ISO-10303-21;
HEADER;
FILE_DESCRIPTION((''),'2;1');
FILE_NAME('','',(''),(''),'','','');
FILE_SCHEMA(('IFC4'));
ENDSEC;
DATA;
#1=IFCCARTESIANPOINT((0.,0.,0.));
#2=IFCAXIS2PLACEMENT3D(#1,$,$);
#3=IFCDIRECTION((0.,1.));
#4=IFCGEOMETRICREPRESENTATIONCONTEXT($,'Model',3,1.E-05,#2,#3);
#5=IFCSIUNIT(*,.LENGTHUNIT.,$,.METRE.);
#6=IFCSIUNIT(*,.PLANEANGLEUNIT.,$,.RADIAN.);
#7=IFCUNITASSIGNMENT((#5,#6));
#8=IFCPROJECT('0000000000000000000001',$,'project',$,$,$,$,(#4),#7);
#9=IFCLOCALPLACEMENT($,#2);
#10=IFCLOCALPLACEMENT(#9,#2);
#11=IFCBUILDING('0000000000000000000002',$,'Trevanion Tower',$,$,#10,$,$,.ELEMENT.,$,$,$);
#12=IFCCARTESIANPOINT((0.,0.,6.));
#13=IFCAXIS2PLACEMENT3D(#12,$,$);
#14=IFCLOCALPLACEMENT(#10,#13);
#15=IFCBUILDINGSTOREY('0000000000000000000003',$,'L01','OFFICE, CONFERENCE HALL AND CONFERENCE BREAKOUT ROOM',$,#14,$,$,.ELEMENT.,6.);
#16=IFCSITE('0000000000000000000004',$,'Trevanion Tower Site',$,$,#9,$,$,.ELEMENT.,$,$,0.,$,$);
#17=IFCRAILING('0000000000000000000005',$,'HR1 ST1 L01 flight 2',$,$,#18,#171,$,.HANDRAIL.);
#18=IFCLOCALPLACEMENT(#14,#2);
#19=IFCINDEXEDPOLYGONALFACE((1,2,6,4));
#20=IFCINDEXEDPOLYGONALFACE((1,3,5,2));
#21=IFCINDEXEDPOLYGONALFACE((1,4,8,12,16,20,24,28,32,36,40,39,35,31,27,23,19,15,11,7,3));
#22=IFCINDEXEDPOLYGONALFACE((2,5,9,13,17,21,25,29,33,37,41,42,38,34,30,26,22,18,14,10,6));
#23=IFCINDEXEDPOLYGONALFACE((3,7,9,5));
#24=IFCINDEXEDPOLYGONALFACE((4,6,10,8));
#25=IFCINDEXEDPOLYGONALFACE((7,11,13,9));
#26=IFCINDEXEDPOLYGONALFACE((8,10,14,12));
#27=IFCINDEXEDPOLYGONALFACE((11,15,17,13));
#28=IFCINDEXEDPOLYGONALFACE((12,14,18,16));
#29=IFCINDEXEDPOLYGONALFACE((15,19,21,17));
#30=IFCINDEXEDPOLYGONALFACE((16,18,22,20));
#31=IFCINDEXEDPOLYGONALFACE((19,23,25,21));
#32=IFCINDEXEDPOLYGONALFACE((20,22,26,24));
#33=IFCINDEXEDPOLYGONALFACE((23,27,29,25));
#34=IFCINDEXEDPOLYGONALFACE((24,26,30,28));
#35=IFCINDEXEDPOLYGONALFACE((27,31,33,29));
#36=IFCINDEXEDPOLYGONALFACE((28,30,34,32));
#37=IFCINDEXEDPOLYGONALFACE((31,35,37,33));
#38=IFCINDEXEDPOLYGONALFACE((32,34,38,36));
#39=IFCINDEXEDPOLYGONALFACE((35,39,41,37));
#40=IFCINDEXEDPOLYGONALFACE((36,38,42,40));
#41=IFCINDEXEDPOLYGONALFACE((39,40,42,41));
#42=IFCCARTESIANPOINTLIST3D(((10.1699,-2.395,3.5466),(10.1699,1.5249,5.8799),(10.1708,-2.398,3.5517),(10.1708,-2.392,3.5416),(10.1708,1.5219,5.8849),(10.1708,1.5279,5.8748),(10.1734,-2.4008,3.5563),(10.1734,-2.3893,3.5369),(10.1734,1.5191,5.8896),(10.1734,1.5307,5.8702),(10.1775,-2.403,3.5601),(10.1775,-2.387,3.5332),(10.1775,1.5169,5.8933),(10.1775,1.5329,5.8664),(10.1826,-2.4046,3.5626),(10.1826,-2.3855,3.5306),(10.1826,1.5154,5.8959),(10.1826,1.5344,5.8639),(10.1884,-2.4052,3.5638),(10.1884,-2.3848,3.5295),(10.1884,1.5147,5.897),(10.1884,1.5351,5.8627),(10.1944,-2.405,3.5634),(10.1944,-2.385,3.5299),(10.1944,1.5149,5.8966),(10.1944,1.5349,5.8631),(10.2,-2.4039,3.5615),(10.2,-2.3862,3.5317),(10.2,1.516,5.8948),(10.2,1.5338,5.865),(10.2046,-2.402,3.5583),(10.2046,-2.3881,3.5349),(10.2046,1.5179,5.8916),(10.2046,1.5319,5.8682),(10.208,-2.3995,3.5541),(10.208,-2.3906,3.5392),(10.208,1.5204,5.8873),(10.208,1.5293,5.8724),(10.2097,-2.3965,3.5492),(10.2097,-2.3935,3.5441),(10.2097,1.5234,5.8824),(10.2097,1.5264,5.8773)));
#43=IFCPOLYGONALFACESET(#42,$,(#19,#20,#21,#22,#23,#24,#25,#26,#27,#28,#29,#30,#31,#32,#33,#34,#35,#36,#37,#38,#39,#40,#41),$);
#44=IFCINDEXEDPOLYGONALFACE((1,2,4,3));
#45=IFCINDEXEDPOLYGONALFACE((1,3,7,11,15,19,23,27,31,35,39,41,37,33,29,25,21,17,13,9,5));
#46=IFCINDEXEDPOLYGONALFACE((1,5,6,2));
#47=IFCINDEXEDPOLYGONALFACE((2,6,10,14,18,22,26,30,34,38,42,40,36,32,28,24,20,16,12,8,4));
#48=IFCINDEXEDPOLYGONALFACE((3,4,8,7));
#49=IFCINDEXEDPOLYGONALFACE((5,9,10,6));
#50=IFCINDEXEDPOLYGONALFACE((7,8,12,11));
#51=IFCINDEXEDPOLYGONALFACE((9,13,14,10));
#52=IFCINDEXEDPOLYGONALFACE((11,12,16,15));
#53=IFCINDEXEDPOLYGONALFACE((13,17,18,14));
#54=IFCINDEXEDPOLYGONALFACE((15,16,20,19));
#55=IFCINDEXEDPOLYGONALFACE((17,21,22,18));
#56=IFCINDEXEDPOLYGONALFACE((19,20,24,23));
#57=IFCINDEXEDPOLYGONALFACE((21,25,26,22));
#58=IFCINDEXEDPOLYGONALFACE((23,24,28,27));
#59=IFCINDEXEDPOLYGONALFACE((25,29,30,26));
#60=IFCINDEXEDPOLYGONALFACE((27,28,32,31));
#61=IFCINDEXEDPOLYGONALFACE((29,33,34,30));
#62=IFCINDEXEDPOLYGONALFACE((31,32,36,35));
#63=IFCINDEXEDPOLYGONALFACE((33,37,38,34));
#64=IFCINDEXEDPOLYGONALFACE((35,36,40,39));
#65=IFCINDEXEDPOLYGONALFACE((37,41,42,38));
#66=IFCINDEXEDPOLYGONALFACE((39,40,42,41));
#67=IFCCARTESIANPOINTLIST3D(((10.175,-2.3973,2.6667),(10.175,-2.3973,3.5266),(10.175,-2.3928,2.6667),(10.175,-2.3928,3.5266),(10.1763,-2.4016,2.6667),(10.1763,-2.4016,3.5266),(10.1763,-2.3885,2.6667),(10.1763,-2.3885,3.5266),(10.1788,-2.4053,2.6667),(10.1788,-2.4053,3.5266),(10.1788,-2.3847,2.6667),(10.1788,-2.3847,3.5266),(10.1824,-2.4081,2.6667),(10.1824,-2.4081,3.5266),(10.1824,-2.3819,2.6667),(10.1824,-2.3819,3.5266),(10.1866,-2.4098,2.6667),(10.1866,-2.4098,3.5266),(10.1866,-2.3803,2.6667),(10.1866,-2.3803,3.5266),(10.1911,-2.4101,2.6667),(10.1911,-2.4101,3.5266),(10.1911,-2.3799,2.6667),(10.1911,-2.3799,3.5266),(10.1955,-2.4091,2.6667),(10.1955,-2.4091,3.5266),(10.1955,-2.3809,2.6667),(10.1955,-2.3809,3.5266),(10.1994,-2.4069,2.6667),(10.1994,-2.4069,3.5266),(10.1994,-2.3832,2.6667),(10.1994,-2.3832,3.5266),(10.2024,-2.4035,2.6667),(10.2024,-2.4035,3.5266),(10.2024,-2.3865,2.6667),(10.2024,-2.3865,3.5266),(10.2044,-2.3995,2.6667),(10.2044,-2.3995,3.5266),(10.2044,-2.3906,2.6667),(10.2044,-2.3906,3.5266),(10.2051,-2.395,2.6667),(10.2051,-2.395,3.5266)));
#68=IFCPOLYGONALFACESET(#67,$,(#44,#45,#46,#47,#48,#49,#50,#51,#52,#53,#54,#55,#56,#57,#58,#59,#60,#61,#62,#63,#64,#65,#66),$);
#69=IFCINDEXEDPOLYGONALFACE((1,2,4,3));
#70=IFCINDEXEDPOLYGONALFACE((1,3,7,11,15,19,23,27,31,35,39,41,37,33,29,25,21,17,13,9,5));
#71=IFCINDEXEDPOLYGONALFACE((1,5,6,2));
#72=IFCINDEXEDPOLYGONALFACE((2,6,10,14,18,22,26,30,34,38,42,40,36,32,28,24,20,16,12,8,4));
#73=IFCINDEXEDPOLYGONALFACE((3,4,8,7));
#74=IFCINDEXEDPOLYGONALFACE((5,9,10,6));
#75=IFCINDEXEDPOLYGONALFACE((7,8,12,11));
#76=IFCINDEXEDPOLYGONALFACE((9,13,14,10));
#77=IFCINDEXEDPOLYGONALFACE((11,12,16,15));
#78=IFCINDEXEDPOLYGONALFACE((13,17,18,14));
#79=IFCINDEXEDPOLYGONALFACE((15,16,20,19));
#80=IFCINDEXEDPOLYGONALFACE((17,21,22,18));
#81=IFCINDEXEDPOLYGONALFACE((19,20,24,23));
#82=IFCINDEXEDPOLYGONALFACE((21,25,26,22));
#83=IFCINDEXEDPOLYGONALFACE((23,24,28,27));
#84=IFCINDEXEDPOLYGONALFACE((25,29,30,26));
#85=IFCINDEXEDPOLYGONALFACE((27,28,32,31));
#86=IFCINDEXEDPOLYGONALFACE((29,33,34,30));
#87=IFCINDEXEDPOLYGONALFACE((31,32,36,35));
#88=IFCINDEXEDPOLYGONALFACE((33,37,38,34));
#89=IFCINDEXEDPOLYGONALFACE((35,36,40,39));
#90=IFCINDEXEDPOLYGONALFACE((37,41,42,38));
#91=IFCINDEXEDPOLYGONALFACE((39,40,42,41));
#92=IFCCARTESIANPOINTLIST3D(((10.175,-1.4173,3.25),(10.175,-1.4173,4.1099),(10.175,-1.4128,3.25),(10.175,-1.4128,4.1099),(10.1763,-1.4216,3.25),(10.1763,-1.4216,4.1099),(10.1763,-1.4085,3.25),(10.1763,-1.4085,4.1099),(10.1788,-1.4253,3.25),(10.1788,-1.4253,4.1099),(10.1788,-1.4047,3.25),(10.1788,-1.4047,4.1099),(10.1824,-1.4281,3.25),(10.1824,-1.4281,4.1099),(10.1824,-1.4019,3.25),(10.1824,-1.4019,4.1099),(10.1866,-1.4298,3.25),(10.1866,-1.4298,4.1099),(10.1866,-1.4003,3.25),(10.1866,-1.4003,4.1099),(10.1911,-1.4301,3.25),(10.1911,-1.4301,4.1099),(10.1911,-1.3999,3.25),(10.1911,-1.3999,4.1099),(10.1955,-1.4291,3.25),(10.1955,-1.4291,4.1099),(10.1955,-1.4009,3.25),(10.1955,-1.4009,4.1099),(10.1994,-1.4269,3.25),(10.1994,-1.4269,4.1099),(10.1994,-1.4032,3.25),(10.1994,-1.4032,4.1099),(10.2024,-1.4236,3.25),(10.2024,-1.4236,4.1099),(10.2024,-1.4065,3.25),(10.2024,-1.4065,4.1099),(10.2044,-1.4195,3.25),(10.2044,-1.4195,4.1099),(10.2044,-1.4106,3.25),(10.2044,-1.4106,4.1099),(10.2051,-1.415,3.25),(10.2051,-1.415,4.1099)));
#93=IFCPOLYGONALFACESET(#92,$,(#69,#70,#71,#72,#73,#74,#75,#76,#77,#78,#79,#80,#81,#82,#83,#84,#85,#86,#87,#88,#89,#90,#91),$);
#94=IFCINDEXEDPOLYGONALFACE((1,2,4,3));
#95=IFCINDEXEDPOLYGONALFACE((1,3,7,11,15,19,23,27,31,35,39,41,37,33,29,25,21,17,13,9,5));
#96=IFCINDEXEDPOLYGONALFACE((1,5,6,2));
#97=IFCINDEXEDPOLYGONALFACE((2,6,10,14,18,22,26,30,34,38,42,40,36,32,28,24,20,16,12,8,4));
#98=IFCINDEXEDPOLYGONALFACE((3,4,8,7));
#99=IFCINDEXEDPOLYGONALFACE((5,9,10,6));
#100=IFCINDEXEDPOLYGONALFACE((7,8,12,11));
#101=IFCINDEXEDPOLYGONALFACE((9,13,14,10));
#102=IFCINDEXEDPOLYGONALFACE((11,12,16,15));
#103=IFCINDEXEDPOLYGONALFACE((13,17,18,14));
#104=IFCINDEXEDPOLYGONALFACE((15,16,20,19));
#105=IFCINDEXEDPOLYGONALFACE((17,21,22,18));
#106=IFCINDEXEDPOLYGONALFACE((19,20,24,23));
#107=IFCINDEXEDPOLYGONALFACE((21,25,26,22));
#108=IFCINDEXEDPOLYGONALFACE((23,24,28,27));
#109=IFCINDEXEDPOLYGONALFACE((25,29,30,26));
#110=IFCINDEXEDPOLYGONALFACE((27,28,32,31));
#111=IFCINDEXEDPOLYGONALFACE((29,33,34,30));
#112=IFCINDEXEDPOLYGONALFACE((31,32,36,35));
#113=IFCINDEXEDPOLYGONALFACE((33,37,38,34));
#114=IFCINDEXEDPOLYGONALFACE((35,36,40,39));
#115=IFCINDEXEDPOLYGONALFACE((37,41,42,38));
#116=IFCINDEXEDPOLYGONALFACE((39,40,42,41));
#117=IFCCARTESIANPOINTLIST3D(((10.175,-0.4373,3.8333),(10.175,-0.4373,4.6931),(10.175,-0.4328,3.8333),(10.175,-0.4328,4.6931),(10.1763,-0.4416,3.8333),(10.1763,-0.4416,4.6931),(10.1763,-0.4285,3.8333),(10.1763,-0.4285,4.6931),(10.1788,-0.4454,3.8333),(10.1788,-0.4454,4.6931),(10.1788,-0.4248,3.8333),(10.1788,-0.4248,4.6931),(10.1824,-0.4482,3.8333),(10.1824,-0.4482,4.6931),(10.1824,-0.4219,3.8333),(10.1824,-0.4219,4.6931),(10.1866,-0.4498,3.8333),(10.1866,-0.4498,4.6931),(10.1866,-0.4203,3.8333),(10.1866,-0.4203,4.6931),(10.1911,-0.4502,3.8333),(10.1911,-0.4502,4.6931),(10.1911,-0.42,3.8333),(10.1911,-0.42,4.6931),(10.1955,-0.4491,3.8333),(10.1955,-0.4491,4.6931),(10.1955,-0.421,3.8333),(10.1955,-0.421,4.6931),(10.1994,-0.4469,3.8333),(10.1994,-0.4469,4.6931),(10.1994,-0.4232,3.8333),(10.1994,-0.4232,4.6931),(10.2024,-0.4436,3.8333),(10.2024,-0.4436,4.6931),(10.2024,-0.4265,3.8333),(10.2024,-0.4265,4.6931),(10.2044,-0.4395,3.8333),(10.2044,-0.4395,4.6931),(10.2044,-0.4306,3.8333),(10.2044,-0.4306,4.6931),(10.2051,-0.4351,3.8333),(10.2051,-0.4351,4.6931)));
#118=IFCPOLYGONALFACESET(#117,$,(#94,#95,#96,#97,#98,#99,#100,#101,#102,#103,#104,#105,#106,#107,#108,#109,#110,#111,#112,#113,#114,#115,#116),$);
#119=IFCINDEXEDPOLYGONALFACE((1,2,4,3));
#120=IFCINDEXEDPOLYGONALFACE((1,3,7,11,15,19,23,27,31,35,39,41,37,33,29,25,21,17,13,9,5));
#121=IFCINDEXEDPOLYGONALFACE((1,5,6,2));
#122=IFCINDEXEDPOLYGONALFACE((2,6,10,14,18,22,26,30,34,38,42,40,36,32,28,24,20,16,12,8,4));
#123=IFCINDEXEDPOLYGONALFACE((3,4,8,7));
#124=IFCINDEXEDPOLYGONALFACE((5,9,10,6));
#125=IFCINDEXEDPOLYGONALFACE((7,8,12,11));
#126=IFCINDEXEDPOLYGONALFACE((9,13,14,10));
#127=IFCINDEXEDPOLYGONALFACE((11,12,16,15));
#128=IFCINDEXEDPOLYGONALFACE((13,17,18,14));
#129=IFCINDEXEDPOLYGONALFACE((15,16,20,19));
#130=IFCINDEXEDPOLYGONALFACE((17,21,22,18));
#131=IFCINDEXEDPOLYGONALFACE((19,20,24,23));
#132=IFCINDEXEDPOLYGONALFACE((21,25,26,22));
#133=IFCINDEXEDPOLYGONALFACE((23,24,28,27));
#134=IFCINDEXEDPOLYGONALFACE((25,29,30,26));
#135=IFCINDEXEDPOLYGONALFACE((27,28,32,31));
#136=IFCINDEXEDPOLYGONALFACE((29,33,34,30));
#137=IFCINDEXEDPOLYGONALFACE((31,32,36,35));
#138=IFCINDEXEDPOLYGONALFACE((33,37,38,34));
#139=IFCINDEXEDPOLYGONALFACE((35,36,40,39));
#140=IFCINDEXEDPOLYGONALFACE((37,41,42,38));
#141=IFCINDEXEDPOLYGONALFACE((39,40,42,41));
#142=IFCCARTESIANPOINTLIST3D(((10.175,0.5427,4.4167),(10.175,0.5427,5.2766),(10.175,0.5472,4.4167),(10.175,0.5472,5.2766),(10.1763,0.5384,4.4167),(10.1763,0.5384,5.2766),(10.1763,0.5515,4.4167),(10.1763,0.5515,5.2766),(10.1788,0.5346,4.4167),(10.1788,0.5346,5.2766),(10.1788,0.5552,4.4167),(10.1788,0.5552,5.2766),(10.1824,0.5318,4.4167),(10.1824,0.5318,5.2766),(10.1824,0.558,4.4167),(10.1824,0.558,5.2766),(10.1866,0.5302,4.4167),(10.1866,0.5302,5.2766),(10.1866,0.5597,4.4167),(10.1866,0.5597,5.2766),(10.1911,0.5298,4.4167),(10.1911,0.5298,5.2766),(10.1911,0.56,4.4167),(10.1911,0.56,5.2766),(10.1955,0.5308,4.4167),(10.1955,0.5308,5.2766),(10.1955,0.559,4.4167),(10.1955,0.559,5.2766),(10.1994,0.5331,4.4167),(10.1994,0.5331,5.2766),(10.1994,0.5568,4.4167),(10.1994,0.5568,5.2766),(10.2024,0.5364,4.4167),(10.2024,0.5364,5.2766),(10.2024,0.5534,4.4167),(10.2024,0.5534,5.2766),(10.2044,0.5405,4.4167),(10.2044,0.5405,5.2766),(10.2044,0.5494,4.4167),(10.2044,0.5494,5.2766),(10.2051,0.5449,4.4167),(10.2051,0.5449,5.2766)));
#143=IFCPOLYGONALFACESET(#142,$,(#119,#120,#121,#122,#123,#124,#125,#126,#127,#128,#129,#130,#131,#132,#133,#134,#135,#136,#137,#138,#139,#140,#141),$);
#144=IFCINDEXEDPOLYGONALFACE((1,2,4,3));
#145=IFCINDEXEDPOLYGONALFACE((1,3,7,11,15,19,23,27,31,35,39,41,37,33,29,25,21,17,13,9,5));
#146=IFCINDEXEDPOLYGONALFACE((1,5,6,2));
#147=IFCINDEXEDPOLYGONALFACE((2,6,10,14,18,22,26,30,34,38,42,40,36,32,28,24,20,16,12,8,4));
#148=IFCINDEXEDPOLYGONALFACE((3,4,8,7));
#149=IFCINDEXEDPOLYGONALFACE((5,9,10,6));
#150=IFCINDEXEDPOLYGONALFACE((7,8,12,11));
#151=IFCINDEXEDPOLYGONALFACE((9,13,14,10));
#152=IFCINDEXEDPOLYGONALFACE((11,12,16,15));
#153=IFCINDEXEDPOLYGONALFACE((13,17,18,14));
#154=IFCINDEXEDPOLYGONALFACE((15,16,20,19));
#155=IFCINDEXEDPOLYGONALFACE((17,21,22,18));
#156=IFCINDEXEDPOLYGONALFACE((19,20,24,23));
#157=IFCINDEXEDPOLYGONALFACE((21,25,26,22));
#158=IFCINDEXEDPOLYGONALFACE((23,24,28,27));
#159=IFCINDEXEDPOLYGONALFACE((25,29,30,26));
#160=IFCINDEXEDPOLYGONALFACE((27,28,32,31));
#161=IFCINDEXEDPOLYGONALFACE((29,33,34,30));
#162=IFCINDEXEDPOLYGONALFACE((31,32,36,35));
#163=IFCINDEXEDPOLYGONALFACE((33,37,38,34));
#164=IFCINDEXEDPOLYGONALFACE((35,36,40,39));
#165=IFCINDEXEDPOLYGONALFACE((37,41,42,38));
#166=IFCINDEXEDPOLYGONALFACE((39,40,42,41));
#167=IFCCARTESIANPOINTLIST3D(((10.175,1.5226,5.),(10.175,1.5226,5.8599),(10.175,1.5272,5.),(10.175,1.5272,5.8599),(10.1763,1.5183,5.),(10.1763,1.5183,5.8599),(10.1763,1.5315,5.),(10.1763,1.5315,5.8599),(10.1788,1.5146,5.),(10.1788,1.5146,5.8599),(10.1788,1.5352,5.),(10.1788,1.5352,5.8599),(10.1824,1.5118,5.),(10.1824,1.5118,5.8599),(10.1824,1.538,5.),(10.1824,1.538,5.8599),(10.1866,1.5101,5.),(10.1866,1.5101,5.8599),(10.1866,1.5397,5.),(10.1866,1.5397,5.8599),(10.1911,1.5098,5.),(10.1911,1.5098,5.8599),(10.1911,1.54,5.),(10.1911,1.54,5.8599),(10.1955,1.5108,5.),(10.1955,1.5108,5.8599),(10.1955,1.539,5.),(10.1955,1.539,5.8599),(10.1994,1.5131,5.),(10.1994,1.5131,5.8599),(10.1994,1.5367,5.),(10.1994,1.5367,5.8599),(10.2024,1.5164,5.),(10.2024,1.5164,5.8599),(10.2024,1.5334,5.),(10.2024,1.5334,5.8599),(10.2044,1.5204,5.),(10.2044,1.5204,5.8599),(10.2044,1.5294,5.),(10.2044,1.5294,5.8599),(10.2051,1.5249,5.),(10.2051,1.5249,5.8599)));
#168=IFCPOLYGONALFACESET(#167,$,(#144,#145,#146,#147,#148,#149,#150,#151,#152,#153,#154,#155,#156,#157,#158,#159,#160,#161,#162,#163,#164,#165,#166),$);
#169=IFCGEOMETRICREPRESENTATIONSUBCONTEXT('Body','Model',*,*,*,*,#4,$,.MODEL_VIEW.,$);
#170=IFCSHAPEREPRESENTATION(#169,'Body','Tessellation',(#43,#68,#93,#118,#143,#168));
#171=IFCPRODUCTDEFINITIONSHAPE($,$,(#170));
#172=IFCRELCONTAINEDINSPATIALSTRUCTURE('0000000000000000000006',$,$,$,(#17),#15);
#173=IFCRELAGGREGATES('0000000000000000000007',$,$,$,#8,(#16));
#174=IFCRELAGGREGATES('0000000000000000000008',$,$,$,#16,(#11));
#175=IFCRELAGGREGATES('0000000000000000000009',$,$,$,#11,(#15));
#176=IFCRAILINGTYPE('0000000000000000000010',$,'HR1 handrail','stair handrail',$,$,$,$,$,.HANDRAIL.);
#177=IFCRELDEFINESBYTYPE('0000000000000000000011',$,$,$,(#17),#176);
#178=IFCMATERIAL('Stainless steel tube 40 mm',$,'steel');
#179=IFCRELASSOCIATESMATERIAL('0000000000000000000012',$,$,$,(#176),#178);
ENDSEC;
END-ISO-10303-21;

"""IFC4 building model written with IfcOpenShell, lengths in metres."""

from ifc_helpers import new_model, si_unit, direction, frame, origin, origin_2d, place, context, subcontext, project, spatial, circle, extrude, material, type_object, element, save


model = new_model("IFC4")

# Units and contexts
model_context = context("Model", 3, precision=1e-05, world=origin(), true_north=direction((0.0, 1.0)))
body_context = subcontext(model_context, "Body", "Model", "MODEL_VIEW")
ifc_project = project(units=[si_unit("LENGTHUNIT", "METRE"), si_unit("PLANEANGLEUNIT", "RADIAN")], contexts=[model_context])

# Site, building, storey
site_placement = place(None, origin())
site = spatial("IfcSite", under=ifc_project, at=site_placement, Name="Trevanion Tower Site", CompositionType="ELEMENT", RefElevation=0.0)
building_placement = place(site_placement, origin())
building = spatial("IfcBuilding", under=site, at=building_placement, Name="Trevanion Tower", CompositionType="ELEMENT")
storey_placement = place(building_placement, frame((0.0, 0.0, 6.0)))
storey = spatial("IfcBuildingStorey", under=building, at=storey_placement, Name="L01", Description="OFFICE, CONFERENCE HALL AND CONFERENCE BREAKOUT ROOM", CompositionType="ELEMENT", Elevation=6.0)

# Railing
ifc_material_1 = material(Name="Stainless steel tube 40 mm", Category="steel")
railing_type = type_object("IfcRailingType", Name="HR1 handrail", Description="stair handrail", PredefinedType="HANDRAIL", material=ifc_material_1)
for number, where, name in (
    (1, (10.1899, -2.395, 2.6667), "HR1 ST1 L01 flight 2"),
):
    element("IfcRailing", number, at=place(storey_placement, frame(where)), inside=storey, type_object=railing_type, Name=name, PredefinedType="HANDRAIL", context=body_context, shape_type="SweptSolid", body=[
        extrude(circle(Radius=0.02, at=origin_2d()), frame((0.0, 0.0, 0.8799), z_axis=(0.0, 0.859296, 0.511478), x_axis=(-1.0, 0.0, 0.0)), (0.0, 0.0, 1.0), 4.5618),
        extrude(circle(Radius=0.0151, at=origin_2d()), origin(), (0.0, 0.0, 1.0), 0.8599),
        extrude(circle(Radius=0.0151, at=origin_2d()), frame((0.0, 0.98, 0.5833)), (0.0, 0.0, 1.0), 0.8599),
        extrude(circle(Radius=0.0151, at=origin_2d()), frame((0.0, 1.96, 1.1665)), (0.0, 0.0, 1.0), 0.8599),
        extrude(circle(Radius=0.0151, at=origin_2d()), frame((0.0, 2.9399, 1.75)), (0.0, 0.0, 1.0), 0.8599),
        extrude(circle(Radius=0.0151, at=origin_2d()), frame((0.0, 3.9199, 2.3333)), (0.0, 0.0, 1.0), 0.8599),
    ])

save(model, "model.ifc")
